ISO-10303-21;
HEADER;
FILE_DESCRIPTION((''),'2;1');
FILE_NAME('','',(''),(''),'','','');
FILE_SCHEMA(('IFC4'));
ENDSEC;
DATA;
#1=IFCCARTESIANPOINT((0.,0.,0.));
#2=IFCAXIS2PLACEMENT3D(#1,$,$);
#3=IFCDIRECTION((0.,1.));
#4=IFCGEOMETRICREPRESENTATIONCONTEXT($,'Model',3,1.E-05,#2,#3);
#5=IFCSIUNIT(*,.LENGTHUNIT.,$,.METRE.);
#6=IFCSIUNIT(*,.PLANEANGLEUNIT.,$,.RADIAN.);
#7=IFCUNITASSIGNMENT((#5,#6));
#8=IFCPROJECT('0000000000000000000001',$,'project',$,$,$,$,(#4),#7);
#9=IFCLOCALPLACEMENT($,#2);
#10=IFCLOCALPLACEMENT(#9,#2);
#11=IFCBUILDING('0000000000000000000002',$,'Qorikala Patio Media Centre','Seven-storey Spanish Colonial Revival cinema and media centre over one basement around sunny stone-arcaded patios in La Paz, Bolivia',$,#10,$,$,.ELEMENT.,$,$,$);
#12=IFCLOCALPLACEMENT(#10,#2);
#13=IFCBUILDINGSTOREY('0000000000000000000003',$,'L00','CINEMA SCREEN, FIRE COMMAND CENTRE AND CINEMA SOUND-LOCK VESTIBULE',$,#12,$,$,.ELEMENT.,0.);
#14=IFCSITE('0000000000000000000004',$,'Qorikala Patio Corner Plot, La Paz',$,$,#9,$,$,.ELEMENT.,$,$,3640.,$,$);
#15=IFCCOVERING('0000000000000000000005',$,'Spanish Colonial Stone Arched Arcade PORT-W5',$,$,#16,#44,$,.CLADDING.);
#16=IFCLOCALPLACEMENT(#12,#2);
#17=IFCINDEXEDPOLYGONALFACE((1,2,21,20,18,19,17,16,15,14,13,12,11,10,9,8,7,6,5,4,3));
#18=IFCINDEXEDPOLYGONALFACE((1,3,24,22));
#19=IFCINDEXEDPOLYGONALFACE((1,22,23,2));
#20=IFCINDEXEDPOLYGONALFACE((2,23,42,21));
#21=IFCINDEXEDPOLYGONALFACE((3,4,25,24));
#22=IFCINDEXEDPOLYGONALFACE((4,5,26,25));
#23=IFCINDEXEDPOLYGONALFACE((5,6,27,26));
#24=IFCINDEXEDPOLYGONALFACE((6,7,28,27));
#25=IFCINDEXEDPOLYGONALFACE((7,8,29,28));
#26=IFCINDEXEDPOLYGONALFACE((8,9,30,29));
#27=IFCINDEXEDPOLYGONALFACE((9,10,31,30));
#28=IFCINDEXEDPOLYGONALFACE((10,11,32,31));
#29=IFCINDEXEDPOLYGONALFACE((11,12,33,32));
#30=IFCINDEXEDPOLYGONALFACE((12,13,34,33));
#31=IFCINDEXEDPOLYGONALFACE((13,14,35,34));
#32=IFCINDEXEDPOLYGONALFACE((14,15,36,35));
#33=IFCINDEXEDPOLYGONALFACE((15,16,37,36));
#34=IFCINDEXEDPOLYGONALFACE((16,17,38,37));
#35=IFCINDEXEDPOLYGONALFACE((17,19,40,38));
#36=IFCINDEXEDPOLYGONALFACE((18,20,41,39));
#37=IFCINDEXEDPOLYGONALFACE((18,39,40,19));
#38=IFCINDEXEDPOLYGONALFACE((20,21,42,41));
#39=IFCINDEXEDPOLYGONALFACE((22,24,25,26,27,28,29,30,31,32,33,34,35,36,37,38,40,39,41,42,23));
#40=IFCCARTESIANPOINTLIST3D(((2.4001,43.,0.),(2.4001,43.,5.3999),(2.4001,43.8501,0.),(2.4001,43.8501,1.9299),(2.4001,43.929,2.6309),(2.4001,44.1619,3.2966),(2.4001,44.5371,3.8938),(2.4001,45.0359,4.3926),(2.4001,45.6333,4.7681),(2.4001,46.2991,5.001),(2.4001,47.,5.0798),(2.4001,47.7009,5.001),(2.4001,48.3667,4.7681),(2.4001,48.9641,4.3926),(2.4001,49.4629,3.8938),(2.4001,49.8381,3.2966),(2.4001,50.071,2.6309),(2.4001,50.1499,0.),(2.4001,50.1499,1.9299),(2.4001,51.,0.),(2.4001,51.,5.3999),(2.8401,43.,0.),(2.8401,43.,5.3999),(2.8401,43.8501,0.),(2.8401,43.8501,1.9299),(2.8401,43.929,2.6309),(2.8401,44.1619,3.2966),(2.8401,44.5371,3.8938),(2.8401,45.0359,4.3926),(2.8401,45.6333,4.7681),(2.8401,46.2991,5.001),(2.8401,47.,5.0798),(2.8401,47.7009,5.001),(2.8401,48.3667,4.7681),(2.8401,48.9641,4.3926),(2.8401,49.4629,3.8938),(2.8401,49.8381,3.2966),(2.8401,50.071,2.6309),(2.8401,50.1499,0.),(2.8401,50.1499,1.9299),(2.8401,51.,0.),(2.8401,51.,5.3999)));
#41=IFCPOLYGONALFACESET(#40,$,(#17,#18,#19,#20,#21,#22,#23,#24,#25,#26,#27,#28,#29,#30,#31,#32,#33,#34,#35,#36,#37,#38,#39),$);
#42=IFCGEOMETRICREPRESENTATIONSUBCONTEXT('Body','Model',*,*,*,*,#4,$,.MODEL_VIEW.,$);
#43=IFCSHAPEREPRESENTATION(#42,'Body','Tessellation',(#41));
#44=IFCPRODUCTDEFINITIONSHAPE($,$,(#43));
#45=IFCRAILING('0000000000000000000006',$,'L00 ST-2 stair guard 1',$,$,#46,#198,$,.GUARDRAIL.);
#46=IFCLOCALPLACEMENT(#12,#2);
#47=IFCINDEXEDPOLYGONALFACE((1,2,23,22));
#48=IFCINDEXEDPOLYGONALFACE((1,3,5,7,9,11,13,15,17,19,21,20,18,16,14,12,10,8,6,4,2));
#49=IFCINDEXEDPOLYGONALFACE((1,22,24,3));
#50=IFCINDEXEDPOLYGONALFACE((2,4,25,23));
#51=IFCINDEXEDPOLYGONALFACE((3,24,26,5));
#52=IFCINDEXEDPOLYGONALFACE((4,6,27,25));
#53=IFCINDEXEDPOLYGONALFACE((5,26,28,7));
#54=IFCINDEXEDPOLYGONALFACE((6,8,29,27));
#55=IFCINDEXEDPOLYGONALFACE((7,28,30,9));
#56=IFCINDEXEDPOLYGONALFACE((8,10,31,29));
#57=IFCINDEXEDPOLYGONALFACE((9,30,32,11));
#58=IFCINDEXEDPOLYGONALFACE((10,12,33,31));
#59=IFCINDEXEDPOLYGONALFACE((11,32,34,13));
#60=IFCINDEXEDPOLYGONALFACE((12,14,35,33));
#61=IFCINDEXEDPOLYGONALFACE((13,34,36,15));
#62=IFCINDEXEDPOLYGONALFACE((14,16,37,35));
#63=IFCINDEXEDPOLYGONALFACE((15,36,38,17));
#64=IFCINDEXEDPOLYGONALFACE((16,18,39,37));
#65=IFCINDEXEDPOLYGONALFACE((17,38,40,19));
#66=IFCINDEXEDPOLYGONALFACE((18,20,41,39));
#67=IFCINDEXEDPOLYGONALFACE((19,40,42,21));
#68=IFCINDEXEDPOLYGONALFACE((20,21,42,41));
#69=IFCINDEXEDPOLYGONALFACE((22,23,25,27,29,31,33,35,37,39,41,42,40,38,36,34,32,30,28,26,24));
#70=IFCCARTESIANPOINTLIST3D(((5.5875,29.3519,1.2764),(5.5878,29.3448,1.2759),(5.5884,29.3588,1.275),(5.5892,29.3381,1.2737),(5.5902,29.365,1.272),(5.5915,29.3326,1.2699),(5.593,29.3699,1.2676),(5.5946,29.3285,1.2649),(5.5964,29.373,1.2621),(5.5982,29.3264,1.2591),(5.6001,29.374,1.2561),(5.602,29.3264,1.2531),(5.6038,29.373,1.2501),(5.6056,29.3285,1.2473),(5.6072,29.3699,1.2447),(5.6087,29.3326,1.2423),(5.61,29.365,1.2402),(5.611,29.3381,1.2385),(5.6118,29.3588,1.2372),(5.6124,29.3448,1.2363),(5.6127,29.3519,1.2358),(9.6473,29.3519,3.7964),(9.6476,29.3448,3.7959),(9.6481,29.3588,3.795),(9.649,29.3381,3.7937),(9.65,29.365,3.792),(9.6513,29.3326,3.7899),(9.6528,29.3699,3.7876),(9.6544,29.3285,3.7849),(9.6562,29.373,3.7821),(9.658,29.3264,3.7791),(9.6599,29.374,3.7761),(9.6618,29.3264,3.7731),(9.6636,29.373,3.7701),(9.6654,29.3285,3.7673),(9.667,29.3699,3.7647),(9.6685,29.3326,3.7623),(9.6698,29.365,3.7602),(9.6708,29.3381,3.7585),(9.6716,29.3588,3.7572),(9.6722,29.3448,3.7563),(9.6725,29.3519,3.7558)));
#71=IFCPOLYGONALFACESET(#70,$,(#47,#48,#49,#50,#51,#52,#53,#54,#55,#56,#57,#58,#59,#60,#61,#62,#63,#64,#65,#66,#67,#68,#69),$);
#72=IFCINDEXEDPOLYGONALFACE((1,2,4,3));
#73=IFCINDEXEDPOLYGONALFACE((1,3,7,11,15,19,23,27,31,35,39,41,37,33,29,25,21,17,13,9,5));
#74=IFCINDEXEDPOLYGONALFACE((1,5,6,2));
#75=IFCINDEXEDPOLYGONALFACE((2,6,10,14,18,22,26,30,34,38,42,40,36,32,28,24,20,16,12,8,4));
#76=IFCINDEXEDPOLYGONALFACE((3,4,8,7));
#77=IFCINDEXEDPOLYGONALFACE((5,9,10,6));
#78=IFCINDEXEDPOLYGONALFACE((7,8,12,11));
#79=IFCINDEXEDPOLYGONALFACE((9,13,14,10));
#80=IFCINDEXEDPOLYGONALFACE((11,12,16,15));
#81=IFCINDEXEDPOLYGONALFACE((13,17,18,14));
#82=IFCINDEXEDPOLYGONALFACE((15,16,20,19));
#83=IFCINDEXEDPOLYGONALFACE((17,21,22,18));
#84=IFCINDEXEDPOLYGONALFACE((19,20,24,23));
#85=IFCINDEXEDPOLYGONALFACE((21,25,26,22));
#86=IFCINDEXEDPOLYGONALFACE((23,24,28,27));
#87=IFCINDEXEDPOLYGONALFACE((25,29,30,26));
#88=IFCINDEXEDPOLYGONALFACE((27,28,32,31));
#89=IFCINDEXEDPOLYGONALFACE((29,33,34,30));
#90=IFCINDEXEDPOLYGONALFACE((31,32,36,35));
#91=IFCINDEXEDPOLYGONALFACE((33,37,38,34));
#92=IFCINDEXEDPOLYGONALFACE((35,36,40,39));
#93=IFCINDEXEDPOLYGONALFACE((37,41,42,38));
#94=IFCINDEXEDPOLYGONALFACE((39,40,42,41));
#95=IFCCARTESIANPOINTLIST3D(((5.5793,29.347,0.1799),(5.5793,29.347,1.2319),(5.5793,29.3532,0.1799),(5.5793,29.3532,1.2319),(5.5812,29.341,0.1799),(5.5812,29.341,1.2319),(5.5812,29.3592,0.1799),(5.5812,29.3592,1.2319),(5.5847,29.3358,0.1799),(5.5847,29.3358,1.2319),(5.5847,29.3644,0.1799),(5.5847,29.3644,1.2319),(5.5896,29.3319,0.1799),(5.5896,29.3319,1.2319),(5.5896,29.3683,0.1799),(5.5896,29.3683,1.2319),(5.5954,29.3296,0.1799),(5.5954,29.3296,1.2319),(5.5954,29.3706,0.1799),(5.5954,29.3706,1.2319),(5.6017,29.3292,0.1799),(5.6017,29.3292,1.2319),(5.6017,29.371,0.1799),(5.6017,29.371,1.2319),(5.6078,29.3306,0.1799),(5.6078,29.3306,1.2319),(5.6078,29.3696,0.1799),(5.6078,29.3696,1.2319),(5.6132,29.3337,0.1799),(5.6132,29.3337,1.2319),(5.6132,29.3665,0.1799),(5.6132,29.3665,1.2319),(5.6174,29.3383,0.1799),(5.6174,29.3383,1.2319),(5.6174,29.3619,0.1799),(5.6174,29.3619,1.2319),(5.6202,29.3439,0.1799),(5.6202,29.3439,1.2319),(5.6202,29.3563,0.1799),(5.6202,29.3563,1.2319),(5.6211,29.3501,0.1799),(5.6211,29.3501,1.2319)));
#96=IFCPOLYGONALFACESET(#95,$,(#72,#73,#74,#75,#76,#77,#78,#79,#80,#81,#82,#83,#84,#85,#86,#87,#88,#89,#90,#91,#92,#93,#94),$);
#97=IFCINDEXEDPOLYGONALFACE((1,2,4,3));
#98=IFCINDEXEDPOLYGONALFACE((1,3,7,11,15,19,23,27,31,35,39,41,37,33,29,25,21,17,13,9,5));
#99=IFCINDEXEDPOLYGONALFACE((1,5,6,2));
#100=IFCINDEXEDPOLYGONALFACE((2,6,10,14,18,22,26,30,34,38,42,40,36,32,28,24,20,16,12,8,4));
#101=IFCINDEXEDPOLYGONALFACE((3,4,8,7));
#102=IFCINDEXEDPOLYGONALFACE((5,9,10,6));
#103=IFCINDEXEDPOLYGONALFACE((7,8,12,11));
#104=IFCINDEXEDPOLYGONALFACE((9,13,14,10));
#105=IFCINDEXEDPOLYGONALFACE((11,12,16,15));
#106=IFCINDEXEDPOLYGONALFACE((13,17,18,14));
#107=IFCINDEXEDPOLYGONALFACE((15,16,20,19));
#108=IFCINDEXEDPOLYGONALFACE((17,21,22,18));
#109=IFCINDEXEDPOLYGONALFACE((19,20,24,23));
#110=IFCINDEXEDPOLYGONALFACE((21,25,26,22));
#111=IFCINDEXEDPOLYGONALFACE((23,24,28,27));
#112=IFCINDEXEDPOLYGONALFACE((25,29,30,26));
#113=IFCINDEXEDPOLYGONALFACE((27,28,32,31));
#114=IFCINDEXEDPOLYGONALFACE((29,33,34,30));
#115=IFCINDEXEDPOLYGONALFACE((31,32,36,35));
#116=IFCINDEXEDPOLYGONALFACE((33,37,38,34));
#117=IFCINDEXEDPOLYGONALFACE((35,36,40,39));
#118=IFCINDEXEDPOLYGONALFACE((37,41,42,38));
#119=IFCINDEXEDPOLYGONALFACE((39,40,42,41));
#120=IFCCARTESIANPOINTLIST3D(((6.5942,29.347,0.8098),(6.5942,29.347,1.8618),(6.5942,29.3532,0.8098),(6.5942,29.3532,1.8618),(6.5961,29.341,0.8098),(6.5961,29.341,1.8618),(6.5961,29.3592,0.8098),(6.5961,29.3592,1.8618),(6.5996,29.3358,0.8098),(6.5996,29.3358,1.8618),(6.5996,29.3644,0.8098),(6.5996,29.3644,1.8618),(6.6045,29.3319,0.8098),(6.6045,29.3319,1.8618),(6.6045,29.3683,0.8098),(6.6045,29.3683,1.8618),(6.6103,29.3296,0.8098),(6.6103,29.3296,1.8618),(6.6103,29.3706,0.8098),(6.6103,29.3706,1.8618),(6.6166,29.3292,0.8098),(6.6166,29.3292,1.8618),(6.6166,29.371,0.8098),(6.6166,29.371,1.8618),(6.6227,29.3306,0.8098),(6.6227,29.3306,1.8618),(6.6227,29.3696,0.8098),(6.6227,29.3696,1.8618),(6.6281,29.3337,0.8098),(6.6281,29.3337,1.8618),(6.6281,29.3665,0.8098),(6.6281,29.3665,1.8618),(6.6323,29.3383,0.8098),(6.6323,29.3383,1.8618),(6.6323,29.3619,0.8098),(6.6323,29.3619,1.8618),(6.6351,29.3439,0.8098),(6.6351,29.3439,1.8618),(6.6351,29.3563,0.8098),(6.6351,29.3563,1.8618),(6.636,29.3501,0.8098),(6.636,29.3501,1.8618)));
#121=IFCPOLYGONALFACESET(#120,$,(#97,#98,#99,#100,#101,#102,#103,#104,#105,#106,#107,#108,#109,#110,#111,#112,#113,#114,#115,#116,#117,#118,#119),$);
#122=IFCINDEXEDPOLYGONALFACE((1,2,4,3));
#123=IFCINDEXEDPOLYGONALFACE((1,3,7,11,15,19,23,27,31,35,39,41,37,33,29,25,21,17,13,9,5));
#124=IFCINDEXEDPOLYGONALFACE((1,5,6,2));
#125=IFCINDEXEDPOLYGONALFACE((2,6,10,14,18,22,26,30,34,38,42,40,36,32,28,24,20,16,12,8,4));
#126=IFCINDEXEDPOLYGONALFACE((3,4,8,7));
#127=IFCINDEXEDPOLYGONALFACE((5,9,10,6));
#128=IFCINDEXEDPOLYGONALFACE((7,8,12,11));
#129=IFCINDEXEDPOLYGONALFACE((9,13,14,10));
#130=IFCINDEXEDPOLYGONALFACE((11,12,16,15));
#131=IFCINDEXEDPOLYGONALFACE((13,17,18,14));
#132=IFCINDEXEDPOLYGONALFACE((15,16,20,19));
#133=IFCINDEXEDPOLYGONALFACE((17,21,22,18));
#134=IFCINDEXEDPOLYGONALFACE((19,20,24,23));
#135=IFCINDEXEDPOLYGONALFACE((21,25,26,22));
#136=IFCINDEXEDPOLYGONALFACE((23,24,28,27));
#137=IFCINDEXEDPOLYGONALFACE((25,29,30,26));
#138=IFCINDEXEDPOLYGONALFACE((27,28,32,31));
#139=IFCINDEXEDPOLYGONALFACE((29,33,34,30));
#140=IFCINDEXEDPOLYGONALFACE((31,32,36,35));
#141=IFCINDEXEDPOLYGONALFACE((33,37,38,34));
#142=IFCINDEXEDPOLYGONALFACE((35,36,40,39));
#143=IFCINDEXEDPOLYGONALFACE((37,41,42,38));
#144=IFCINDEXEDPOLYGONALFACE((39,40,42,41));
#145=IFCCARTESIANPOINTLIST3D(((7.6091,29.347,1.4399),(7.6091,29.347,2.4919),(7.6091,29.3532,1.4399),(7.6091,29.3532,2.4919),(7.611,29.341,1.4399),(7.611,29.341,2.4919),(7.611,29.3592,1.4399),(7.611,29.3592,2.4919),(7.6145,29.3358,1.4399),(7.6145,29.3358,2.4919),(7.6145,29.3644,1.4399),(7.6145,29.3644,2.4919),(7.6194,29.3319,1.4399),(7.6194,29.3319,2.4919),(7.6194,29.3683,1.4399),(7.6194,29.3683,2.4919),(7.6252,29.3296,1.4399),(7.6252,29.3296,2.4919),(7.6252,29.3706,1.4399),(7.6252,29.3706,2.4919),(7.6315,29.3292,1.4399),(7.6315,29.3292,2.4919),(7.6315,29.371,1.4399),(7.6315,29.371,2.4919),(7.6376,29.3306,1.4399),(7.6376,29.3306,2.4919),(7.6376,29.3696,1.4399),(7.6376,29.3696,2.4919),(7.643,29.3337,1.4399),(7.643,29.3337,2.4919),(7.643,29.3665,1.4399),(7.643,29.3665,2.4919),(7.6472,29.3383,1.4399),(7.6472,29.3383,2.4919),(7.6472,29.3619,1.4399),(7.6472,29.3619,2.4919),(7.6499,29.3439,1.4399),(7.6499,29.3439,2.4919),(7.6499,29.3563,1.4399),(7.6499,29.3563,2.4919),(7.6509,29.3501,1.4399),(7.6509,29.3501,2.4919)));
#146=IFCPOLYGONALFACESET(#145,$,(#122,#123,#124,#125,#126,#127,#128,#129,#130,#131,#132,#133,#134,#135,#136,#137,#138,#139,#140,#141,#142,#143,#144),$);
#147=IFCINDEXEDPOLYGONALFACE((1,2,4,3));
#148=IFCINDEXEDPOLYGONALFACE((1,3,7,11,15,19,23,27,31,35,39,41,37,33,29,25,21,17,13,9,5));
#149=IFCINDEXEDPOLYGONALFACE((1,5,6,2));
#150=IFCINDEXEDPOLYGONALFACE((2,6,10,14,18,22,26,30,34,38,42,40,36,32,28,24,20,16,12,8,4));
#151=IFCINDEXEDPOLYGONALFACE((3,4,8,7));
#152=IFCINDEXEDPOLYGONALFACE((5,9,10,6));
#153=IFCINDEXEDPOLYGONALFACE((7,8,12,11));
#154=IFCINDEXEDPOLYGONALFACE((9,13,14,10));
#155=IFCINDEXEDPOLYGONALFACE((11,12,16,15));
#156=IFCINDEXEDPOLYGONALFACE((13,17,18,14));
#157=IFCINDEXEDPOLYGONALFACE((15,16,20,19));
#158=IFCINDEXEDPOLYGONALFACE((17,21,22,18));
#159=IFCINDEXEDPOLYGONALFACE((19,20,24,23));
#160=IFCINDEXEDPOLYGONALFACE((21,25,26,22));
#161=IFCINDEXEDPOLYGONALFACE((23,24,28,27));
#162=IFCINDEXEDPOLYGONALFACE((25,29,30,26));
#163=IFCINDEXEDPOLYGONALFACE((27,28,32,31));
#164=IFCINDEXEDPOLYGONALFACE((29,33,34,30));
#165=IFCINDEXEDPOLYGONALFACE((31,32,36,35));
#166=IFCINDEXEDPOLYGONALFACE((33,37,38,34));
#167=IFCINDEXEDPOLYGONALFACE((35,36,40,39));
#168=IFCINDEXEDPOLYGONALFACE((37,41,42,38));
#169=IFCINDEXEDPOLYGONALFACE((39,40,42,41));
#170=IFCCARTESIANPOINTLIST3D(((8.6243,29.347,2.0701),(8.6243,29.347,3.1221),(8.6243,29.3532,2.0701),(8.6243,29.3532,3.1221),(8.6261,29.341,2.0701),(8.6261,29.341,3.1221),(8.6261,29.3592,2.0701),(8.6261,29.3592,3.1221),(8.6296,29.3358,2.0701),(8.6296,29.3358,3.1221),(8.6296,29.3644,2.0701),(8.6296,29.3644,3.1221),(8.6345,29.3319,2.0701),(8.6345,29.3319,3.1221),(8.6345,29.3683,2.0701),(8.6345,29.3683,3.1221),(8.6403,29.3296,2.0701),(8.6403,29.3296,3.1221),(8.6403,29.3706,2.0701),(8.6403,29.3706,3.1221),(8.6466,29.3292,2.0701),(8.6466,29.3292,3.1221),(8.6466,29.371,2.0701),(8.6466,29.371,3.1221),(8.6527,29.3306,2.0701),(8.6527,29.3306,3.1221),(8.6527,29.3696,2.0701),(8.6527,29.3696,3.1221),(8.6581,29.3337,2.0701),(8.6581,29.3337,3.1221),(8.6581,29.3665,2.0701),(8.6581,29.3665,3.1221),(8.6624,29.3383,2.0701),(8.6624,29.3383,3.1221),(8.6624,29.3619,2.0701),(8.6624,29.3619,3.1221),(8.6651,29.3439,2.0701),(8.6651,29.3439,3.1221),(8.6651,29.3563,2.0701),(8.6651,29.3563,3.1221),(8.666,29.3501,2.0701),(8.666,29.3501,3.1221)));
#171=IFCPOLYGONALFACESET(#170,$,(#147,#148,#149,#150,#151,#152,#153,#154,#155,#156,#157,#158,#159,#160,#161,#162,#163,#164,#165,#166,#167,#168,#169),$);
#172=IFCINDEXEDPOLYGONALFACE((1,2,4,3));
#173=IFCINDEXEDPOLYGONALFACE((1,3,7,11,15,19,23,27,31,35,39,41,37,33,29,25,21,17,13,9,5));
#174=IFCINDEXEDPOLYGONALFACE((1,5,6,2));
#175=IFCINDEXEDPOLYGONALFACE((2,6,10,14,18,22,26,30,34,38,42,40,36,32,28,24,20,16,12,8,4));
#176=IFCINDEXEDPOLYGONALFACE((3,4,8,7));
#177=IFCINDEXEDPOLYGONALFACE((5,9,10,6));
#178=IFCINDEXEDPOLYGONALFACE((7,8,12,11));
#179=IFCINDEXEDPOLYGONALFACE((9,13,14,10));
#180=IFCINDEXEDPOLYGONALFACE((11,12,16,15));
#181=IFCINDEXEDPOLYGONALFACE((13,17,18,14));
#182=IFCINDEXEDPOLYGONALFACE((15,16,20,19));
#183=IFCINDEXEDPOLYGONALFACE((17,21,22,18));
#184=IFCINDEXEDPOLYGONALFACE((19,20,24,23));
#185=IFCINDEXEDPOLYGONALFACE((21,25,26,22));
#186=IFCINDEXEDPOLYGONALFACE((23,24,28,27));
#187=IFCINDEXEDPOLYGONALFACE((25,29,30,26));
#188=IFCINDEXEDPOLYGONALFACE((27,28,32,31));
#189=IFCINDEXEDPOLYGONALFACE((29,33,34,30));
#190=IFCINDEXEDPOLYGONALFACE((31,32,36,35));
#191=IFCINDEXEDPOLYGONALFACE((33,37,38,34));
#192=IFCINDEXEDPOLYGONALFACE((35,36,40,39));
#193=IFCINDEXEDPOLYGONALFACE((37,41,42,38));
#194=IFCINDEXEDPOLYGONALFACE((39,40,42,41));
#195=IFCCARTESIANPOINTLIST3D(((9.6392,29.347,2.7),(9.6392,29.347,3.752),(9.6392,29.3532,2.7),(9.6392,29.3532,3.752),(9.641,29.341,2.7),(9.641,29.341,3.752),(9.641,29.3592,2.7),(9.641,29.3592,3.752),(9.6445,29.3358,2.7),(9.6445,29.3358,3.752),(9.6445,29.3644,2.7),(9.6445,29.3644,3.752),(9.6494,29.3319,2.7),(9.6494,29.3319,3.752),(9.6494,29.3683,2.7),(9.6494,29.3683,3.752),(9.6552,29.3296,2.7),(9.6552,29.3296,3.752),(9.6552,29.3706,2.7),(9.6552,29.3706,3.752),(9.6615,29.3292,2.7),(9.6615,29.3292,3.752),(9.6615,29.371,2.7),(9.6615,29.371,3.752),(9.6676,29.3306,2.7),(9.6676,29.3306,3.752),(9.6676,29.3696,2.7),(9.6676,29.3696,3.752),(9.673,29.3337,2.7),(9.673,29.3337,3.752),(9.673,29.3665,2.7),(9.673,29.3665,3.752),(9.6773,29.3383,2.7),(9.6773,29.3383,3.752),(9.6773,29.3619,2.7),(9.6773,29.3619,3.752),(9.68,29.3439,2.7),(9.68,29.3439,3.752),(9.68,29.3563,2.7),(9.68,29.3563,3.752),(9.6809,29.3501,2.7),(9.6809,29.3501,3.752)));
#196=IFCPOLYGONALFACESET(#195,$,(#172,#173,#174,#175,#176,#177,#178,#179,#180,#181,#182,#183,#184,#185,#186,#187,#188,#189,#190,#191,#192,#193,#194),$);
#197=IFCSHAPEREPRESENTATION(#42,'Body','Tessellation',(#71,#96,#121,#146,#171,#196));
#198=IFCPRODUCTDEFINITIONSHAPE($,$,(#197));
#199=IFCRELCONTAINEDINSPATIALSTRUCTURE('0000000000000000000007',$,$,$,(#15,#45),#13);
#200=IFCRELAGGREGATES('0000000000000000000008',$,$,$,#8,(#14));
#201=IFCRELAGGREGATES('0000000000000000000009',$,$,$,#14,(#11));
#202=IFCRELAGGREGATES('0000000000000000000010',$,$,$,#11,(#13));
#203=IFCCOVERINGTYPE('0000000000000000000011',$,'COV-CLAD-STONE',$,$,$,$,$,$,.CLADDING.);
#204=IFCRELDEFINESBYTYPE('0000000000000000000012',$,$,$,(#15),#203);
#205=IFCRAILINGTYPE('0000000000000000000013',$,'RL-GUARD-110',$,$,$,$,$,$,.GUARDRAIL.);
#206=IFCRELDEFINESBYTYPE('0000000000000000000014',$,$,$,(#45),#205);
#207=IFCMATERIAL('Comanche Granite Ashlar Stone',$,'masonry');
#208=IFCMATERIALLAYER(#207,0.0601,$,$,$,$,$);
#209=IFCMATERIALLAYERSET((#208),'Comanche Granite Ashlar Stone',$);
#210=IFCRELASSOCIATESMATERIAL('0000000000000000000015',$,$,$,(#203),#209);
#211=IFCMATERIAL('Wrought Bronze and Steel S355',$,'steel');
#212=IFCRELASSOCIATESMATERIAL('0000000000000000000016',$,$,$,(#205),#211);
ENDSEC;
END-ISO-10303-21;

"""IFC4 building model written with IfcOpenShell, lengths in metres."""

from ifc_helpers import new_model, si_unit, direction, frame, origin, origin_2d, place, context, subcontext, project, spatial, polyline, circle, outline, extrude, material, layer, layer_set, type_object, element, save


model = new_model("IFC4")

# Units and contexts
model_context = context("Model", 3, precision=1e-05, world=origin(), true_north=direction((0.0, 1.0)))
body_context = subcontext(model_context, "Body", "Model", "MODEL_VIEW")
ifc_project = project(units=[si_unit("LENGTHUNIT", "METRE"), si_unit("PLANEANGLEUNIT", "RADIAN")], contexts=[model_context])

# Site, building, storey
site_placement = place(None, origin())
site = spatial("IfcSite", under=ifc_project, at=site_placement, Name="Qorikala Patio Corner Plot, La Paz", CompositionType="ELEMENT", RefElevation=3640.0)
building_placement = place(site_placement, origin())
building = spatial("IfcBuilding", under=site, at=building_placement, Name="Qorikala Patio Media Centre", Description="Seven-storey Spanish Colonial Revival cinema and media centre over one basement around sunny stone-arcaded patios in La Paz, Bolivia", CompositionType="ELEMENT")
storey_placement = place(building_placement, origin())
storey = spatial("IfcBuildingStorey", under=building, at=storey_placement, Name="L00", Description="CINEMA SCREEN, FIRE COMMAND CENTRE AND CINEMA SOUND-LOCK VESTIBULE", CompositionType="ELEMENT", Elevation=0.0)

# Covering
ifc_material_1 = material(Name="Comanche Granite Ashlar Stone", Category="masonry")
ifc_layer_1 = layer(ifc_material_1, 0.0601)
ifc_layer_set_1 = layer_set([ifc_layer_1], Name="Comanche Granite Ashlar Stone")
covering_type = type_object("IfcCoveringType", Name="COV-CLAD-STONE", PredefinedType="CLADDING", material=ifc_layer_set_1)
for number, where, z_axis, x_axis, name in (
    (1, (2.6201, 43.0, 0.0), (0.0, 0.0, 1.0), (0.0, 1.0, 0.0), "Spanish Colonial Stone Arched Arcade PORT-W5"),
):
    element("IfcCovering", number, at=place(storey_placement, frame(where, z_axis=z_axis, x_axis=x_axis)), inside=storey, type_object=covering_type, Name=name, PredefinedType="CLADDING", context=body_context, shape_type="SweptSolid", body=[
        extrude(outline(polyline([(0.0, 0.0), (0.8501, 0.0), (0.8501, 1.9299), (0.929, 2.6309), (1.1619, 3.2966), (1.5371, 3.8938), (2.0359, 4.3926), (2.6333, 4.7681), (3.2991, 5.001), (4.0, 5.0798), (4.7009, 5.001), (5.3667, 4.7681), (5.9641, 4.3926), (6.4629, 3.8938), (6.8381, 3.2966), (7.071, 2.6309), (7.1499, 1.9299), (7.1499, 0.0), (8.0, 0.0), (8.0, 5.3999), (0.0, 5.3999), (0.0, 0.0)])), frame((0.0, 0.22, 0.0), z_axis=(0.0, -1.0, 0.0), x_axis=(1.0, 0.0, 0.0)), (0.0, 0.0, 1.0), 0.4399),
    ])

# Railing
ifc_material_2 = material(Name="Wrought Bronze and Steel S355", Category="steel")
railing_type_1 = type_object("IfcRailingType", Name="RL-GUARD-110", PredefinedType="GUARDRAIL", material=ifc_material_2)
railing_1_placement = place(storey_placement, frame((5.6001, 29.3501, 0.1799)))
element("IfcRailing", 2, at=railing_1_placement, inside=storey, type_object=railing_type_1, Name="L00 ST-2 stair guard 1", PredefinedType="GUARDRAIL", context=body_context, shape_type="SweptSolid", body=[
    extrude(circle(Radius=0.0239, at=origin_2d()), frame((0.0, 0.0, 1.0762), z_axis=(0.849628, 0.0, 0.527383), x_axis=(0.0, 1.0, 0.0)), (0.0, 0.0, 1.0), 4.7783),
    extrude(circle(Radius=0.021, at=origin_2d()), origin(), (0.0, 0.0, 1.0), 1.052),
    extrude(circle(Radius=0.021, at=origin_2d()), frame((1.0149, 0.0, 0.6299)), (0.0, 0.0, 1.0), 1.052),
    extrude(circle(Radius=0.021, at=origin_2d()), frame((2.0298, 0.0, 1.26)), (0.0, 0.0, 1.0), 1.052),
    extrude(circle(Radius=0.021, at=origin_2d()), frame((3.0449, 0.0, 1.8901)), (0.0, 0.0, 1.0), 1.052),
    extrude(circle(Radius=0.021, at=origin_2d()), frame((4.0598, 0.0, 2.52)), (0.0, 0.0, 1.0), 1.052),
])

save(model, "model.ifc")
